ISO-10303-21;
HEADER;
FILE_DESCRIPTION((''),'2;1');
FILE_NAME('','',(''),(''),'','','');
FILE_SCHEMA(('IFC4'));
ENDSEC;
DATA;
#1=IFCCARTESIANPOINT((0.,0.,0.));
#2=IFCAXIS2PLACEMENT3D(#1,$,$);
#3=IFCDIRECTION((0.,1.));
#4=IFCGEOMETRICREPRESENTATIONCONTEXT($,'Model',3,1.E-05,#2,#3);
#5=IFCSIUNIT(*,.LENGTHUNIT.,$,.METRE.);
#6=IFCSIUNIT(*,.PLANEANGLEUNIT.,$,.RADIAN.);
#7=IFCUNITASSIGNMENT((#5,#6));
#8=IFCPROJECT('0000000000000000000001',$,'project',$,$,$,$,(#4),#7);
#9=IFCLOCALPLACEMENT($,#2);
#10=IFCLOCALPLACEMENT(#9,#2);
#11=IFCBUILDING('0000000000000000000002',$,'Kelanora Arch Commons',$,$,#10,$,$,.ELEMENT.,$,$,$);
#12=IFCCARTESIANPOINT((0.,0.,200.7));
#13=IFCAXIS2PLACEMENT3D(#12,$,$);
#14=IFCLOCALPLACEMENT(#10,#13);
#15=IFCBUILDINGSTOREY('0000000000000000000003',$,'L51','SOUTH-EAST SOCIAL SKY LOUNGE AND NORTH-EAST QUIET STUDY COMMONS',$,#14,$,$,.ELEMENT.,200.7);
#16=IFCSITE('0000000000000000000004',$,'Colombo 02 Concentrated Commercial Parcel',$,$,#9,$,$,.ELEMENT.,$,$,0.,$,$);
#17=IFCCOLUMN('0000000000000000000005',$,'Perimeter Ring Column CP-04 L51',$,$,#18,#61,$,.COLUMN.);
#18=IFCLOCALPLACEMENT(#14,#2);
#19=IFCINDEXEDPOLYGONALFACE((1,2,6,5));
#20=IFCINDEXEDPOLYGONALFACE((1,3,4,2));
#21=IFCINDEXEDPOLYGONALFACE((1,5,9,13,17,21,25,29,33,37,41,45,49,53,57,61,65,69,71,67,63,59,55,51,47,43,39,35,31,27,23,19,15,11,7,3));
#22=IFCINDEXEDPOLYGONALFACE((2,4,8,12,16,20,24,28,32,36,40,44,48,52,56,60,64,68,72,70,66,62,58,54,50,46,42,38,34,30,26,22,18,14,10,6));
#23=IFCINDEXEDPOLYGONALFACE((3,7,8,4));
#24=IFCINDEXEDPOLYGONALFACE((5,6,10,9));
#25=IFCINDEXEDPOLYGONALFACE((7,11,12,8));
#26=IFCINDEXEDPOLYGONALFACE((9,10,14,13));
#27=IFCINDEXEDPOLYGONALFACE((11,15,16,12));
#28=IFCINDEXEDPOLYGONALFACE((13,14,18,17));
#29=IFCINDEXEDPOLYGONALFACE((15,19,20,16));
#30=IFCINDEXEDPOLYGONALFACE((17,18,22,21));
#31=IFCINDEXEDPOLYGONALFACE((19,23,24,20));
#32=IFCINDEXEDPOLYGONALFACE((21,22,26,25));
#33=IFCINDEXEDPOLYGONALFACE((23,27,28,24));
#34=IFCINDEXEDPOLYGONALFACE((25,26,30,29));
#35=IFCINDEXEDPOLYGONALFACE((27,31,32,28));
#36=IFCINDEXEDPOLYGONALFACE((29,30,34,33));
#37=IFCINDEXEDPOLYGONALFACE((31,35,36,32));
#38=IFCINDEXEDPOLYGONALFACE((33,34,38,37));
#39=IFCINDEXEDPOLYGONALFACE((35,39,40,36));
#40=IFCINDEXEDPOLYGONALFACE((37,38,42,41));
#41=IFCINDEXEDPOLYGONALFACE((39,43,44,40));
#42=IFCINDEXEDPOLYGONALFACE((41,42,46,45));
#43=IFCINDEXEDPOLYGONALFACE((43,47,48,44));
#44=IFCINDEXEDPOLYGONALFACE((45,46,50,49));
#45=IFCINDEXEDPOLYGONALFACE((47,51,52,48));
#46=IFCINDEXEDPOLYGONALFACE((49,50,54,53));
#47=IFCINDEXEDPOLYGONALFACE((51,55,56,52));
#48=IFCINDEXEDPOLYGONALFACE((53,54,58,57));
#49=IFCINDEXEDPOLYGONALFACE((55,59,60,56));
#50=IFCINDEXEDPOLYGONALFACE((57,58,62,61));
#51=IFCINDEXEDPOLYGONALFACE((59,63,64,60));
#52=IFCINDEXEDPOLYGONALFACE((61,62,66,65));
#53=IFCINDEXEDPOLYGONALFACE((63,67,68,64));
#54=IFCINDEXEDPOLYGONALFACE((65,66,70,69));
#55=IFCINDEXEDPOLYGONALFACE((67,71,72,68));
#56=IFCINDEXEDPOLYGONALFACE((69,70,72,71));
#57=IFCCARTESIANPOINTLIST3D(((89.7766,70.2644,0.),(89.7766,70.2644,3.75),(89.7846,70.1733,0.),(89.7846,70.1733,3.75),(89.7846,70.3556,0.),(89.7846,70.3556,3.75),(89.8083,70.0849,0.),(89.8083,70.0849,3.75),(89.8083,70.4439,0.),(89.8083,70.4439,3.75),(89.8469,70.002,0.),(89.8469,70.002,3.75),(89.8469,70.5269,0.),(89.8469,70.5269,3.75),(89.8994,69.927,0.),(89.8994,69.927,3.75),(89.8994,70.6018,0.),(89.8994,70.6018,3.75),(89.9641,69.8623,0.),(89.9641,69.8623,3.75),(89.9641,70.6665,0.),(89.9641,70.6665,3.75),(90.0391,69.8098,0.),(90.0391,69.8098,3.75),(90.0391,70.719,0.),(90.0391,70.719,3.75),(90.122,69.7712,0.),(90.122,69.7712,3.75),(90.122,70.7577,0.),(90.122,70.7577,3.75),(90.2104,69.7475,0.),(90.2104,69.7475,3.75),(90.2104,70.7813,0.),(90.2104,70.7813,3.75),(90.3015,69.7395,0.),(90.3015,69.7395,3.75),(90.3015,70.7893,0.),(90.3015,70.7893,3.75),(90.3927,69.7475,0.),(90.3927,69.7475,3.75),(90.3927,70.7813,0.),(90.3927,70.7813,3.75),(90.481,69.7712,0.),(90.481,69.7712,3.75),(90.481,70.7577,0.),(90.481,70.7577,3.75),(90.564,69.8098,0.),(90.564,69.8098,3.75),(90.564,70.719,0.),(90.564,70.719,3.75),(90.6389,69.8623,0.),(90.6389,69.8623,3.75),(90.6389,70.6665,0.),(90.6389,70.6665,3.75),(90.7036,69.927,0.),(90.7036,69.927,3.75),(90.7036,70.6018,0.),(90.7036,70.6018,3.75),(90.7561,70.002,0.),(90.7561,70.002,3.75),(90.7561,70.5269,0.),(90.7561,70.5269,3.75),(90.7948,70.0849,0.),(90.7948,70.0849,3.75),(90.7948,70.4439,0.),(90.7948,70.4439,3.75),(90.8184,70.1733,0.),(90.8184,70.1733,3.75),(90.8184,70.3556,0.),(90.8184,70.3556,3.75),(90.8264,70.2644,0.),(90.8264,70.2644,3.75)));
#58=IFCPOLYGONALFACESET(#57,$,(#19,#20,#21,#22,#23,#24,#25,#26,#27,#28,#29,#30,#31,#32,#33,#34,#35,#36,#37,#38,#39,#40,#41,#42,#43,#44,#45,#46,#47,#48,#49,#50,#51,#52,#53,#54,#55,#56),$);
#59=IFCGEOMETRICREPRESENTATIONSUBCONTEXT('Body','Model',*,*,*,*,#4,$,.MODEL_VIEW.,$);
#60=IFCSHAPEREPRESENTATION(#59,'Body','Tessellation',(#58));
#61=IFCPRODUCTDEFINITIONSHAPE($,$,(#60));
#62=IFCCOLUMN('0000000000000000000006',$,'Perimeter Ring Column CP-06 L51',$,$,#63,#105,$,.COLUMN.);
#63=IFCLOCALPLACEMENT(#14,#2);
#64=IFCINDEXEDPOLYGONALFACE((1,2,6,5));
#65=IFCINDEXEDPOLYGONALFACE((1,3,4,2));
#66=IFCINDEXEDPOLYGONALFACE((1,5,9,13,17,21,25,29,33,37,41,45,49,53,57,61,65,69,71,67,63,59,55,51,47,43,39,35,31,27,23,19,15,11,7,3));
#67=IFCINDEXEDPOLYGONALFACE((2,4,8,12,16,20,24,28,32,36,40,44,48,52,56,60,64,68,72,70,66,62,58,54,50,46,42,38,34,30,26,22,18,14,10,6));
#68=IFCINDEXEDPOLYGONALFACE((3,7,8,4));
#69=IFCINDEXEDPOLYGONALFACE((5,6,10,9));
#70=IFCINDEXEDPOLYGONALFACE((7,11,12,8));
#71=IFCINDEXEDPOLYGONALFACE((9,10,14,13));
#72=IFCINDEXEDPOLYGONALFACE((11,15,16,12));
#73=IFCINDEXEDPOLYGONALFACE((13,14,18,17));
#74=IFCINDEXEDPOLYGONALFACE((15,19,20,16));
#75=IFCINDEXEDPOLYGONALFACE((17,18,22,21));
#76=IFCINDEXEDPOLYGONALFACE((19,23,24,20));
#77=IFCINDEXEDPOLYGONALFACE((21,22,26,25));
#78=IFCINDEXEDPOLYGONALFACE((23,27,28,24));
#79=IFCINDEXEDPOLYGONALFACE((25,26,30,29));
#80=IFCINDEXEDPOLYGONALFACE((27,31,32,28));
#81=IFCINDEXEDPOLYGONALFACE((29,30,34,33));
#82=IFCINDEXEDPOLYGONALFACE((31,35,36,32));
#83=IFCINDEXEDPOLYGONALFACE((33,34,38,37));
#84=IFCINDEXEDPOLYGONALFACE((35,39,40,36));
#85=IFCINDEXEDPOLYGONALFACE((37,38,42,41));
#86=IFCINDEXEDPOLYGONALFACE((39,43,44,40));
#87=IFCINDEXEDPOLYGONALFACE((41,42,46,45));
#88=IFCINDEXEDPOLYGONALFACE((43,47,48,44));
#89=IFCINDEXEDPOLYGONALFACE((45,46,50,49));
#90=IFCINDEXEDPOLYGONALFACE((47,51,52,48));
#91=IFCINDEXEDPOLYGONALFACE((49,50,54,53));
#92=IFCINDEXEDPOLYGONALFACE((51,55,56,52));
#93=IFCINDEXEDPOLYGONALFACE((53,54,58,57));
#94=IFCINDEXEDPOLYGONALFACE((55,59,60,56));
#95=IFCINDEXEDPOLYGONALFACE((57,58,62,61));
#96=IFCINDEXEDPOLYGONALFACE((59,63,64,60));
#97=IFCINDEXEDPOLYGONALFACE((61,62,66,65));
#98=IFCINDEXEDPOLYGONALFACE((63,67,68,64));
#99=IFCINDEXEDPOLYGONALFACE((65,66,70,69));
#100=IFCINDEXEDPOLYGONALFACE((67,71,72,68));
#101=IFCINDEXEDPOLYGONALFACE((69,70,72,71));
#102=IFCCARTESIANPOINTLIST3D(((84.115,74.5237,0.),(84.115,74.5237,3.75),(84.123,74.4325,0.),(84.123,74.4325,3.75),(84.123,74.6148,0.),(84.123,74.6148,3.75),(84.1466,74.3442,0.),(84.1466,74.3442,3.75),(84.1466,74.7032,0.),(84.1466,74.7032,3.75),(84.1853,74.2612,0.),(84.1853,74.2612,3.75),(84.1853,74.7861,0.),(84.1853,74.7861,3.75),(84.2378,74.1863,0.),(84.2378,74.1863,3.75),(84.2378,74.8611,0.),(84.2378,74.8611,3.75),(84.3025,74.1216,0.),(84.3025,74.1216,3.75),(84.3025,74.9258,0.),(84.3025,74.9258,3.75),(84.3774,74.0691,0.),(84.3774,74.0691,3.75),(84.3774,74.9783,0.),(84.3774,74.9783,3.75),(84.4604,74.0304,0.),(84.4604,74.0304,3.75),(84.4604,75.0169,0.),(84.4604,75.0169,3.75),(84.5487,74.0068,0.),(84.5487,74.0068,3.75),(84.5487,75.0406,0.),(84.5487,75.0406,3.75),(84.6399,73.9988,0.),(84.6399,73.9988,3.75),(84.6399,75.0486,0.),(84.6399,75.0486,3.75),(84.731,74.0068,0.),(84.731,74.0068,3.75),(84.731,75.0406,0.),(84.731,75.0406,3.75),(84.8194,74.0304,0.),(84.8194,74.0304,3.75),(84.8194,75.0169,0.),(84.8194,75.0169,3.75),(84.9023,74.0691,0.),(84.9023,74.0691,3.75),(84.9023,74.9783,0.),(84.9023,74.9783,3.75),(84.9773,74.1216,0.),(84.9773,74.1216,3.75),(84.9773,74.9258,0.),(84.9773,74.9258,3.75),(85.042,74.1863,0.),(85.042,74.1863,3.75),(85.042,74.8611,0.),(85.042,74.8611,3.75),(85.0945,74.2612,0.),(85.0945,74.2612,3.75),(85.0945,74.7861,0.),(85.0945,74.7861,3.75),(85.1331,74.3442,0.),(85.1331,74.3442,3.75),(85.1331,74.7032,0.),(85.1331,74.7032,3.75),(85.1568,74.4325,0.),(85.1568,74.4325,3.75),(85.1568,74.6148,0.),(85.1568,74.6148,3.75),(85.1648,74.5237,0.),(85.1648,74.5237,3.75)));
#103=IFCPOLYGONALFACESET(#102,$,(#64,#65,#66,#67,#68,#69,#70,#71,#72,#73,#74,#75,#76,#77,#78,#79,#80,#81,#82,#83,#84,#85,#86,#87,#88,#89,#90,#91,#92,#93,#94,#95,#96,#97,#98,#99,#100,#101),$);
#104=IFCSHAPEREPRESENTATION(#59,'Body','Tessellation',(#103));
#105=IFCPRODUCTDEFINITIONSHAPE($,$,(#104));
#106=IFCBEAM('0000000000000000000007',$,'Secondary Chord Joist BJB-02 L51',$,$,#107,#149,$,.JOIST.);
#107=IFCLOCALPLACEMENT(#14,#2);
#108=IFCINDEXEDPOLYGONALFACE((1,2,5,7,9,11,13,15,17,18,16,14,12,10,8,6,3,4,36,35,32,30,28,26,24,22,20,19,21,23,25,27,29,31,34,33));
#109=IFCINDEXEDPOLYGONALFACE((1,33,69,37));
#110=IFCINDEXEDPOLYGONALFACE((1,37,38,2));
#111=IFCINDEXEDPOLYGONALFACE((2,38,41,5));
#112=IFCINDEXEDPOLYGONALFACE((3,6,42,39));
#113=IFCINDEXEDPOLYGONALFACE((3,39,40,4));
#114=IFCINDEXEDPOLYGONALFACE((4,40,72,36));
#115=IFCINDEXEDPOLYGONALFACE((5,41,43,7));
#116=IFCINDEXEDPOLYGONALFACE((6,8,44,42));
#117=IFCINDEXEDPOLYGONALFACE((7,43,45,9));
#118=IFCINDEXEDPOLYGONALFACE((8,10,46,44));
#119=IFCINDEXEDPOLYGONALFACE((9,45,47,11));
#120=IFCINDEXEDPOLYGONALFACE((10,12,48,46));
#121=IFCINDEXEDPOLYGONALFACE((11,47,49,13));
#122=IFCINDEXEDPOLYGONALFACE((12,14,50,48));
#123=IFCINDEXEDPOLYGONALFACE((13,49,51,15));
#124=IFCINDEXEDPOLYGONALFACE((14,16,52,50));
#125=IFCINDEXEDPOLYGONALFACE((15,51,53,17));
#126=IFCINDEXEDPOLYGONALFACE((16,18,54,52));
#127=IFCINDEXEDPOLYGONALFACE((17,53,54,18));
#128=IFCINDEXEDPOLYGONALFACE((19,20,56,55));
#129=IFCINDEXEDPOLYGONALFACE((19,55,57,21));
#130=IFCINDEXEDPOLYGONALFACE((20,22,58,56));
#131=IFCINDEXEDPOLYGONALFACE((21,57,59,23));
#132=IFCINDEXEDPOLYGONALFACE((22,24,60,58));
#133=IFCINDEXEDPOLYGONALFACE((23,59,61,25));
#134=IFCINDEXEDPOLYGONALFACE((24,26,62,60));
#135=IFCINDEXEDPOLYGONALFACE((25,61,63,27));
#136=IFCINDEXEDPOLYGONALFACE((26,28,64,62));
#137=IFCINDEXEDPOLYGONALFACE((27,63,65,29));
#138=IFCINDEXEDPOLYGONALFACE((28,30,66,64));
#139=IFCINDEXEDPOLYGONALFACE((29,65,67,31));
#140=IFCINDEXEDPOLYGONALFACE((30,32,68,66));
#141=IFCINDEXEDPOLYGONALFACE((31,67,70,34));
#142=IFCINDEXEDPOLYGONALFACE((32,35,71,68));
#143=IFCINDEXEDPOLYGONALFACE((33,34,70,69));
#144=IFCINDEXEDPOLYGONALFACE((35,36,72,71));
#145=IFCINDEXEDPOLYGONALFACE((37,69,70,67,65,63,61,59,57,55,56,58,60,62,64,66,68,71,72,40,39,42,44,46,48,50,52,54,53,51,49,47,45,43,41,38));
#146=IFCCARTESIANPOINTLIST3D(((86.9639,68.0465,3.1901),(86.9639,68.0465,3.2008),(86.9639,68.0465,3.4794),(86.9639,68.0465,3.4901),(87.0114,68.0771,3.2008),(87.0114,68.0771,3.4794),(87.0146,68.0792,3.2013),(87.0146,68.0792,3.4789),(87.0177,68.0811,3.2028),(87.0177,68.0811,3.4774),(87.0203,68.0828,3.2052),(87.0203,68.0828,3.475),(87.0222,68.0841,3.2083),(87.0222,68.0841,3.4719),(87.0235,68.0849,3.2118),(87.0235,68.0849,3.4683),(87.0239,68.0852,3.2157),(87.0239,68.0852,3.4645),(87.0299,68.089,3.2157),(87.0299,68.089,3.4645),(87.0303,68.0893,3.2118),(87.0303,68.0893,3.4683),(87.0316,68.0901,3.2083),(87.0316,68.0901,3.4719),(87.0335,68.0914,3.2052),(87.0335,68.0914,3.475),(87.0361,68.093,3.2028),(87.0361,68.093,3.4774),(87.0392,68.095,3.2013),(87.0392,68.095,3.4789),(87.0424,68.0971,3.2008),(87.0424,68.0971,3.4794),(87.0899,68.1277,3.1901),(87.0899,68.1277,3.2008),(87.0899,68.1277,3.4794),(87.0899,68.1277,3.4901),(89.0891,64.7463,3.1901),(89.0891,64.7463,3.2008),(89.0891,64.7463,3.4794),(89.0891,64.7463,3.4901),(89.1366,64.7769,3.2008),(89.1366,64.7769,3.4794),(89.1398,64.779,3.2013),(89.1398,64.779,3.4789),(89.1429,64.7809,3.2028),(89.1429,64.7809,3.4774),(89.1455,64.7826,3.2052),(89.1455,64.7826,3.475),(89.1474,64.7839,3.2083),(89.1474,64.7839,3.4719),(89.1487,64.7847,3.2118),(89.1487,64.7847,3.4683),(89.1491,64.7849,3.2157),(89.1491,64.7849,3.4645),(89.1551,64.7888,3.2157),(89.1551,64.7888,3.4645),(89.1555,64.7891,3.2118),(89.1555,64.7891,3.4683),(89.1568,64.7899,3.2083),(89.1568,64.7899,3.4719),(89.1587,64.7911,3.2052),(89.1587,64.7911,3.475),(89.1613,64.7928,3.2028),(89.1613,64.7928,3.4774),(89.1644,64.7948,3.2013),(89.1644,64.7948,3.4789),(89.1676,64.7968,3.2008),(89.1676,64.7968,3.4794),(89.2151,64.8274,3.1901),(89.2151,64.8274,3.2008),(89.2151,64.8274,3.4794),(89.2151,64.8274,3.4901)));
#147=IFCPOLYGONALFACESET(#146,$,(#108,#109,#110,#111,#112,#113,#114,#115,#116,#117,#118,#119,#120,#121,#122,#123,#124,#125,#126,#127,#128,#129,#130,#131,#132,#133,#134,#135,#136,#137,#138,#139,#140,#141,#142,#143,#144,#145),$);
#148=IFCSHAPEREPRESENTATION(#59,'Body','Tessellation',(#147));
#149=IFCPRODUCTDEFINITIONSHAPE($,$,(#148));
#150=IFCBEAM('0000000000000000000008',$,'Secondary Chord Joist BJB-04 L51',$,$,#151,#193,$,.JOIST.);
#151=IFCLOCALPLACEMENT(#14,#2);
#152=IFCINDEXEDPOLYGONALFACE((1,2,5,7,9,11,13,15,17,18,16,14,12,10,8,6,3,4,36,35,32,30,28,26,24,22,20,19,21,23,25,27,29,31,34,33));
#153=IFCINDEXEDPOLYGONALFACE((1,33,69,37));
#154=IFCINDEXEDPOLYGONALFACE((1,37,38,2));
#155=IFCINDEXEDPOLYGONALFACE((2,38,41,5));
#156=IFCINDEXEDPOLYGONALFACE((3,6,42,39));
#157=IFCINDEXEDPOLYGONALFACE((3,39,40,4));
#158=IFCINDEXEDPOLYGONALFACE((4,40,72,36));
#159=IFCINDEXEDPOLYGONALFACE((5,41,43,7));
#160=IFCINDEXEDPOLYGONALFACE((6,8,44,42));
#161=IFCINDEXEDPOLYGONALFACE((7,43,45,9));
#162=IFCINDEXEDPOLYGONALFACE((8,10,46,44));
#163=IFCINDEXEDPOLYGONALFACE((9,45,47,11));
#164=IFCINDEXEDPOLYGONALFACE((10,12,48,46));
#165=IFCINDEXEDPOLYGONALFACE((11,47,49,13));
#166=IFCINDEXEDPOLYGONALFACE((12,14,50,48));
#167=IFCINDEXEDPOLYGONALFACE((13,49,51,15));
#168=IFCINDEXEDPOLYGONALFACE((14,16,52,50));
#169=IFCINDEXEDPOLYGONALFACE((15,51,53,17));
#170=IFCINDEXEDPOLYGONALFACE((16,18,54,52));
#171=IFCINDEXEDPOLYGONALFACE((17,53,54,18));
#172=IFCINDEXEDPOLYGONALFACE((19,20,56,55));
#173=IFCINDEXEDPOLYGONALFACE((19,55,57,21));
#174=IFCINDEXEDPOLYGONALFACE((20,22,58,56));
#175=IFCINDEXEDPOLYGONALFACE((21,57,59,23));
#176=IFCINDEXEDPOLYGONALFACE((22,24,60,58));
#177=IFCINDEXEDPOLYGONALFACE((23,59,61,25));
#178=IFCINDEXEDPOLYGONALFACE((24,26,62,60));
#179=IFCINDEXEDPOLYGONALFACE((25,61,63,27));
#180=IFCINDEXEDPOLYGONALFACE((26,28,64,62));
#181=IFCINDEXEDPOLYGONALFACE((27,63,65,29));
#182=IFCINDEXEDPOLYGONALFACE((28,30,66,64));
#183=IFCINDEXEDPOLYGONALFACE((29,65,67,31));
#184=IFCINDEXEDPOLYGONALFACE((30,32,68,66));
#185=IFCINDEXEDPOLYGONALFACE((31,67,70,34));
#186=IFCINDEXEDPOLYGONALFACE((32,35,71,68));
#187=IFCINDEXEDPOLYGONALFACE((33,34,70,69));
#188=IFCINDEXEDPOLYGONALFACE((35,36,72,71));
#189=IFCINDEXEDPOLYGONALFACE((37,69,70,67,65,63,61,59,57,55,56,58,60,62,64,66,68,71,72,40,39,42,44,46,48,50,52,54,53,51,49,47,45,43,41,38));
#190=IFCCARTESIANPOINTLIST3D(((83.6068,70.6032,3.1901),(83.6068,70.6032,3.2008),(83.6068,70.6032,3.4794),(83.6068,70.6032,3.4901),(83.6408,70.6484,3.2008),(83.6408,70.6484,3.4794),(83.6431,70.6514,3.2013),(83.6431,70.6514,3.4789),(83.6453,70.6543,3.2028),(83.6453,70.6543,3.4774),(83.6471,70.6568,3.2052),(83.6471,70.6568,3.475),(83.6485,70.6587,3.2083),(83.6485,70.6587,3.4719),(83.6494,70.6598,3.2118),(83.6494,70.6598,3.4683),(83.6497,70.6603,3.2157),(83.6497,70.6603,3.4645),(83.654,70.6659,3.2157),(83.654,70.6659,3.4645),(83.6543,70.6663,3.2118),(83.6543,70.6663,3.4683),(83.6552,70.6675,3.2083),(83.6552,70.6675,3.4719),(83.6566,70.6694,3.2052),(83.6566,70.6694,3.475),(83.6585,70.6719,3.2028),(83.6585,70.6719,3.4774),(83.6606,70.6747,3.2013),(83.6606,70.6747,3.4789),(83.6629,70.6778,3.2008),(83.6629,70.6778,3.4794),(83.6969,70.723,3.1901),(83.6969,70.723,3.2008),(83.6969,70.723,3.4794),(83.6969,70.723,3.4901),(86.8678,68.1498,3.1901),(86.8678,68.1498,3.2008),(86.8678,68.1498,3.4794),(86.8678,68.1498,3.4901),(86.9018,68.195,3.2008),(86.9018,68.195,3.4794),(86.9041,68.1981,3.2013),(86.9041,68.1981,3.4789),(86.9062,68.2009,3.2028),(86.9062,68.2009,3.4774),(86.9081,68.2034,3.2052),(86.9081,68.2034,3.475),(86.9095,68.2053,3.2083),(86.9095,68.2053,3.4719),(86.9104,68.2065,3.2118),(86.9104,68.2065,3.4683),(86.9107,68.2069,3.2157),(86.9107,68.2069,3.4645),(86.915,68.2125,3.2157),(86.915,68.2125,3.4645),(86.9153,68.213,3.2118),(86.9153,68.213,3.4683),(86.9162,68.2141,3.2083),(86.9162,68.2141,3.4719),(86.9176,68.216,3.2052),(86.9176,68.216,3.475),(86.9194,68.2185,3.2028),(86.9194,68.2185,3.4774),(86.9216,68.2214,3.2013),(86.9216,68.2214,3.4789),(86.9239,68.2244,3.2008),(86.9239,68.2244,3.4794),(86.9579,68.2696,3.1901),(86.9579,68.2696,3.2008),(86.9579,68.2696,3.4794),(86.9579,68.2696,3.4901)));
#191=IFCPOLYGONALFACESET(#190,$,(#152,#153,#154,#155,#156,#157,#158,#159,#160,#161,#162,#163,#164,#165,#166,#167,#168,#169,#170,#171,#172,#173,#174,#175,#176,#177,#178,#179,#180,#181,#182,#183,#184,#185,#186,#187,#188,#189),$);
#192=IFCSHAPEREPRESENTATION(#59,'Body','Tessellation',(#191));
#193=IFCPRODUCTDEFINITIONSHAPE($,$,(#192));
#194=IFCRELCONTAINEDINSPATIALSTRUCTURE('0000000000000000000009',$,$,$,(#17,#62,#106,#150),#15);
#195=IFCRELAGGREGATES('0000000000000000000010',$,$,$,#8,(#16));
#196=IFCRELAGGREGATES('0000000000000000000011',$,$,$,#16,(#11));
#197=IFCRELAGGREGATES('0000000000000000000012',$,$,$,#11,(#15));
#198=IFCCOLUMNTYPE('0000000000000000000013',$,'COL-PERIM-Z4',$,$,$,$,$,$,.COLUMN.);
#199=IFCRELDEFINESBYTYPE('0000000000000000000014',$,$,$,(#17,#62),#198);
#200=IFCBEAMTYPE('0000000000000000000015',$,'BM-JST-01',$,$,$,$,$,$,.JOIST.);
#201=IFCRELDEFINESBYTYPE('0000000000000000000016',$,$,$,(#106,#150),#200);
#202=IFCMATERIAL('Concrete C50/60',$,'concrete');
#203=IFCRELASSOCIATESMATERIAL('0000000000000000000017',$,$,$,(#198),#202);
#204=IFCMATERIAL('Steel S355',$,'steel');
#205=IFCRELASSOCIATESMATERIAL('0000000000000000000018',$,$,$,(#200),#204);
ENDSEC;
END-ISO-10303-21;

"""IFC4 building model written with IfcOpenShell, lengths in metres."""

from ifc_helpers import new_model, si_unit, direction, frame, origin, origin_2d, place, context, subcontext, project, spatial, circle, i_section, extrude, material, material_profile, profile_set, type_object, element, save


model = new_model("IFC4")

# Units and contexts
model_context = context("Model", 3, precision=1e-05, world=origin(), true_north=direction((0.0, 1.0)))
body_context = subcontext(model_context, "Body", "Model", "MODEL_VIEW")
ifc_project = project(units=[si_unit("LENGTHUNIT", "METRE"), si_unit("PLANEANGLEUNIT", "RADIAN")], contexts=[model_context])

# Site, building, storey
site_placement = place(None, origin())
site = spatial("IfcSite", under=ifc_project, at=site_placement, Name="Colombo 02 Concentrated Commercial Parcel", CompositionType="ELEMENT", RefElevation=0.0)
building_placement = place(site_placement, origin())
building = spatial("IfcBuilding", under=site, at=building_placement, Name="Kelanora Arch Commons", CompositionType="ELEMENT")
storey_placement = place(building_placement, frame((0.0, 0.0, 200.7)))
storey = spatial("IfcBuildingStorey", under=building, at=storey_placement, Name="L51", Description="SOUTH-EAST SOCIAL SKY LOUNGE AND NORTH-EAST QUIET STUDY COMMONS", CompositionType="ELEMENT", Elevation=200.7)

# Columns
ifc_material_1 = material(Name="Concrete C50/60", Category="concrete")
ifc_material_profile_1 = material_profile(ifc_material_1, circle(Radius=0.5249, at=origin_2d()), Name="RCC1050")
ifc_profile_set_1 = profile_set([ifc_material_profile_1], Name="Concrete C50/60")
column_type = type_object("IfcColumnType", Name="COL-PERIM-Z4", PredefinedType="COLUMN", material=ifc_profile_set_1)
for number, where, z_axis, x_axis, name in (
    (1, (90.3015, 70.2644, 0.0), (0.0, 0.0, 1.0), (1.0, 0.0, 0.0), "Perimeter Ring Column CP-04 L51"),
    (2, (84.6399, 74.5237, 0.0), (0.0, 0.0, 1.0), (1.0, 0.0, 0.0), "Perimeter Ring Column CP-06 L51"),
):
    element("IfcColumn", number, at=place(storey_placement, frame(where, z_axis=z_axis, x_axis=x_axis)), inside=storey, type_object=column_type, Name=name, PredefinedType="COLUMN", context=body_context, shape_type="SweptSolid", body=[
        extrude(circle(Radius=0.5249, at=origin_2d()), origin(), (0.0, 0.0, 1.0), 3.75),
    ])

# Beams
ifc_material_2 = material(Name="Steel S355", Category="steel")
ifc_material_profile_2 = material_profile(ifc_material_2, i_section(OverallWidth=0.1499, OverallDepth=0.3, WebThickness=0.0071, FlangeThickness=0.0107, FilletRadius=0.0149, at=origin_2d()), Name="IPE300")
ifc_profile_set_2 = profile_set([ifc_material_profile_2], Name="Steel S355")
beam_type_1 = type_object("IfcBeamType", Name="BM-JST-01", PredefinedType="JOIST", material=ifc_profile_set_2)
beam_1_placement = place(storey_placement, frame((89.1521, 64.7869, 3.3401), z_axis=(-0.541411, 0.840758, 0.0), x_axis=(-0.840758, -0.541411, 0.0)))
element("IfcBeam", 3, at=beam_1_placement, inside=storey, type_object=beam_type_1, Name="Secondary Chord Joist BJB-02 L51", PredefinedType="JOIST", context=body_context, shape_type="SweptSolid", body=[
    extrude(i_section(OverallWidth=0.1499, OverallDepth=0.3, WebThickness=0.0071, FlangeThickness=0.0107, FilletRadius=0.0149, at=origin_2d()), origin(), (0.0, 0.0, 1.0), 3.9253),
])
beam_2_placement = place(storey_placement, frame((86.9128, 68.2097, 3.3401), z_axis=(-0.799102, 0.601196, 0.0), x_axis=(-0.601196, -0.799102, 0.0)))
element("IfcBeam", 4, at=beam_2_placement, inside=storey, type_object=beam_type_1, Name="Secondary Chord Joist BJB-04 L51", PredefinedType="JOIST", context=body_context, shape_type="SweptSolid", body=[
    extrude(i_section(OverallWidth=0.1499, OverallDepth=0.3, WebThickness=0.0071, FlangeThickness=0.0107, FilletRadius=0.0149, at=origin_2d()), origin(), (0.0, 0.0, 1.0), 4.0808),
])

save(model, "model.ifc")
